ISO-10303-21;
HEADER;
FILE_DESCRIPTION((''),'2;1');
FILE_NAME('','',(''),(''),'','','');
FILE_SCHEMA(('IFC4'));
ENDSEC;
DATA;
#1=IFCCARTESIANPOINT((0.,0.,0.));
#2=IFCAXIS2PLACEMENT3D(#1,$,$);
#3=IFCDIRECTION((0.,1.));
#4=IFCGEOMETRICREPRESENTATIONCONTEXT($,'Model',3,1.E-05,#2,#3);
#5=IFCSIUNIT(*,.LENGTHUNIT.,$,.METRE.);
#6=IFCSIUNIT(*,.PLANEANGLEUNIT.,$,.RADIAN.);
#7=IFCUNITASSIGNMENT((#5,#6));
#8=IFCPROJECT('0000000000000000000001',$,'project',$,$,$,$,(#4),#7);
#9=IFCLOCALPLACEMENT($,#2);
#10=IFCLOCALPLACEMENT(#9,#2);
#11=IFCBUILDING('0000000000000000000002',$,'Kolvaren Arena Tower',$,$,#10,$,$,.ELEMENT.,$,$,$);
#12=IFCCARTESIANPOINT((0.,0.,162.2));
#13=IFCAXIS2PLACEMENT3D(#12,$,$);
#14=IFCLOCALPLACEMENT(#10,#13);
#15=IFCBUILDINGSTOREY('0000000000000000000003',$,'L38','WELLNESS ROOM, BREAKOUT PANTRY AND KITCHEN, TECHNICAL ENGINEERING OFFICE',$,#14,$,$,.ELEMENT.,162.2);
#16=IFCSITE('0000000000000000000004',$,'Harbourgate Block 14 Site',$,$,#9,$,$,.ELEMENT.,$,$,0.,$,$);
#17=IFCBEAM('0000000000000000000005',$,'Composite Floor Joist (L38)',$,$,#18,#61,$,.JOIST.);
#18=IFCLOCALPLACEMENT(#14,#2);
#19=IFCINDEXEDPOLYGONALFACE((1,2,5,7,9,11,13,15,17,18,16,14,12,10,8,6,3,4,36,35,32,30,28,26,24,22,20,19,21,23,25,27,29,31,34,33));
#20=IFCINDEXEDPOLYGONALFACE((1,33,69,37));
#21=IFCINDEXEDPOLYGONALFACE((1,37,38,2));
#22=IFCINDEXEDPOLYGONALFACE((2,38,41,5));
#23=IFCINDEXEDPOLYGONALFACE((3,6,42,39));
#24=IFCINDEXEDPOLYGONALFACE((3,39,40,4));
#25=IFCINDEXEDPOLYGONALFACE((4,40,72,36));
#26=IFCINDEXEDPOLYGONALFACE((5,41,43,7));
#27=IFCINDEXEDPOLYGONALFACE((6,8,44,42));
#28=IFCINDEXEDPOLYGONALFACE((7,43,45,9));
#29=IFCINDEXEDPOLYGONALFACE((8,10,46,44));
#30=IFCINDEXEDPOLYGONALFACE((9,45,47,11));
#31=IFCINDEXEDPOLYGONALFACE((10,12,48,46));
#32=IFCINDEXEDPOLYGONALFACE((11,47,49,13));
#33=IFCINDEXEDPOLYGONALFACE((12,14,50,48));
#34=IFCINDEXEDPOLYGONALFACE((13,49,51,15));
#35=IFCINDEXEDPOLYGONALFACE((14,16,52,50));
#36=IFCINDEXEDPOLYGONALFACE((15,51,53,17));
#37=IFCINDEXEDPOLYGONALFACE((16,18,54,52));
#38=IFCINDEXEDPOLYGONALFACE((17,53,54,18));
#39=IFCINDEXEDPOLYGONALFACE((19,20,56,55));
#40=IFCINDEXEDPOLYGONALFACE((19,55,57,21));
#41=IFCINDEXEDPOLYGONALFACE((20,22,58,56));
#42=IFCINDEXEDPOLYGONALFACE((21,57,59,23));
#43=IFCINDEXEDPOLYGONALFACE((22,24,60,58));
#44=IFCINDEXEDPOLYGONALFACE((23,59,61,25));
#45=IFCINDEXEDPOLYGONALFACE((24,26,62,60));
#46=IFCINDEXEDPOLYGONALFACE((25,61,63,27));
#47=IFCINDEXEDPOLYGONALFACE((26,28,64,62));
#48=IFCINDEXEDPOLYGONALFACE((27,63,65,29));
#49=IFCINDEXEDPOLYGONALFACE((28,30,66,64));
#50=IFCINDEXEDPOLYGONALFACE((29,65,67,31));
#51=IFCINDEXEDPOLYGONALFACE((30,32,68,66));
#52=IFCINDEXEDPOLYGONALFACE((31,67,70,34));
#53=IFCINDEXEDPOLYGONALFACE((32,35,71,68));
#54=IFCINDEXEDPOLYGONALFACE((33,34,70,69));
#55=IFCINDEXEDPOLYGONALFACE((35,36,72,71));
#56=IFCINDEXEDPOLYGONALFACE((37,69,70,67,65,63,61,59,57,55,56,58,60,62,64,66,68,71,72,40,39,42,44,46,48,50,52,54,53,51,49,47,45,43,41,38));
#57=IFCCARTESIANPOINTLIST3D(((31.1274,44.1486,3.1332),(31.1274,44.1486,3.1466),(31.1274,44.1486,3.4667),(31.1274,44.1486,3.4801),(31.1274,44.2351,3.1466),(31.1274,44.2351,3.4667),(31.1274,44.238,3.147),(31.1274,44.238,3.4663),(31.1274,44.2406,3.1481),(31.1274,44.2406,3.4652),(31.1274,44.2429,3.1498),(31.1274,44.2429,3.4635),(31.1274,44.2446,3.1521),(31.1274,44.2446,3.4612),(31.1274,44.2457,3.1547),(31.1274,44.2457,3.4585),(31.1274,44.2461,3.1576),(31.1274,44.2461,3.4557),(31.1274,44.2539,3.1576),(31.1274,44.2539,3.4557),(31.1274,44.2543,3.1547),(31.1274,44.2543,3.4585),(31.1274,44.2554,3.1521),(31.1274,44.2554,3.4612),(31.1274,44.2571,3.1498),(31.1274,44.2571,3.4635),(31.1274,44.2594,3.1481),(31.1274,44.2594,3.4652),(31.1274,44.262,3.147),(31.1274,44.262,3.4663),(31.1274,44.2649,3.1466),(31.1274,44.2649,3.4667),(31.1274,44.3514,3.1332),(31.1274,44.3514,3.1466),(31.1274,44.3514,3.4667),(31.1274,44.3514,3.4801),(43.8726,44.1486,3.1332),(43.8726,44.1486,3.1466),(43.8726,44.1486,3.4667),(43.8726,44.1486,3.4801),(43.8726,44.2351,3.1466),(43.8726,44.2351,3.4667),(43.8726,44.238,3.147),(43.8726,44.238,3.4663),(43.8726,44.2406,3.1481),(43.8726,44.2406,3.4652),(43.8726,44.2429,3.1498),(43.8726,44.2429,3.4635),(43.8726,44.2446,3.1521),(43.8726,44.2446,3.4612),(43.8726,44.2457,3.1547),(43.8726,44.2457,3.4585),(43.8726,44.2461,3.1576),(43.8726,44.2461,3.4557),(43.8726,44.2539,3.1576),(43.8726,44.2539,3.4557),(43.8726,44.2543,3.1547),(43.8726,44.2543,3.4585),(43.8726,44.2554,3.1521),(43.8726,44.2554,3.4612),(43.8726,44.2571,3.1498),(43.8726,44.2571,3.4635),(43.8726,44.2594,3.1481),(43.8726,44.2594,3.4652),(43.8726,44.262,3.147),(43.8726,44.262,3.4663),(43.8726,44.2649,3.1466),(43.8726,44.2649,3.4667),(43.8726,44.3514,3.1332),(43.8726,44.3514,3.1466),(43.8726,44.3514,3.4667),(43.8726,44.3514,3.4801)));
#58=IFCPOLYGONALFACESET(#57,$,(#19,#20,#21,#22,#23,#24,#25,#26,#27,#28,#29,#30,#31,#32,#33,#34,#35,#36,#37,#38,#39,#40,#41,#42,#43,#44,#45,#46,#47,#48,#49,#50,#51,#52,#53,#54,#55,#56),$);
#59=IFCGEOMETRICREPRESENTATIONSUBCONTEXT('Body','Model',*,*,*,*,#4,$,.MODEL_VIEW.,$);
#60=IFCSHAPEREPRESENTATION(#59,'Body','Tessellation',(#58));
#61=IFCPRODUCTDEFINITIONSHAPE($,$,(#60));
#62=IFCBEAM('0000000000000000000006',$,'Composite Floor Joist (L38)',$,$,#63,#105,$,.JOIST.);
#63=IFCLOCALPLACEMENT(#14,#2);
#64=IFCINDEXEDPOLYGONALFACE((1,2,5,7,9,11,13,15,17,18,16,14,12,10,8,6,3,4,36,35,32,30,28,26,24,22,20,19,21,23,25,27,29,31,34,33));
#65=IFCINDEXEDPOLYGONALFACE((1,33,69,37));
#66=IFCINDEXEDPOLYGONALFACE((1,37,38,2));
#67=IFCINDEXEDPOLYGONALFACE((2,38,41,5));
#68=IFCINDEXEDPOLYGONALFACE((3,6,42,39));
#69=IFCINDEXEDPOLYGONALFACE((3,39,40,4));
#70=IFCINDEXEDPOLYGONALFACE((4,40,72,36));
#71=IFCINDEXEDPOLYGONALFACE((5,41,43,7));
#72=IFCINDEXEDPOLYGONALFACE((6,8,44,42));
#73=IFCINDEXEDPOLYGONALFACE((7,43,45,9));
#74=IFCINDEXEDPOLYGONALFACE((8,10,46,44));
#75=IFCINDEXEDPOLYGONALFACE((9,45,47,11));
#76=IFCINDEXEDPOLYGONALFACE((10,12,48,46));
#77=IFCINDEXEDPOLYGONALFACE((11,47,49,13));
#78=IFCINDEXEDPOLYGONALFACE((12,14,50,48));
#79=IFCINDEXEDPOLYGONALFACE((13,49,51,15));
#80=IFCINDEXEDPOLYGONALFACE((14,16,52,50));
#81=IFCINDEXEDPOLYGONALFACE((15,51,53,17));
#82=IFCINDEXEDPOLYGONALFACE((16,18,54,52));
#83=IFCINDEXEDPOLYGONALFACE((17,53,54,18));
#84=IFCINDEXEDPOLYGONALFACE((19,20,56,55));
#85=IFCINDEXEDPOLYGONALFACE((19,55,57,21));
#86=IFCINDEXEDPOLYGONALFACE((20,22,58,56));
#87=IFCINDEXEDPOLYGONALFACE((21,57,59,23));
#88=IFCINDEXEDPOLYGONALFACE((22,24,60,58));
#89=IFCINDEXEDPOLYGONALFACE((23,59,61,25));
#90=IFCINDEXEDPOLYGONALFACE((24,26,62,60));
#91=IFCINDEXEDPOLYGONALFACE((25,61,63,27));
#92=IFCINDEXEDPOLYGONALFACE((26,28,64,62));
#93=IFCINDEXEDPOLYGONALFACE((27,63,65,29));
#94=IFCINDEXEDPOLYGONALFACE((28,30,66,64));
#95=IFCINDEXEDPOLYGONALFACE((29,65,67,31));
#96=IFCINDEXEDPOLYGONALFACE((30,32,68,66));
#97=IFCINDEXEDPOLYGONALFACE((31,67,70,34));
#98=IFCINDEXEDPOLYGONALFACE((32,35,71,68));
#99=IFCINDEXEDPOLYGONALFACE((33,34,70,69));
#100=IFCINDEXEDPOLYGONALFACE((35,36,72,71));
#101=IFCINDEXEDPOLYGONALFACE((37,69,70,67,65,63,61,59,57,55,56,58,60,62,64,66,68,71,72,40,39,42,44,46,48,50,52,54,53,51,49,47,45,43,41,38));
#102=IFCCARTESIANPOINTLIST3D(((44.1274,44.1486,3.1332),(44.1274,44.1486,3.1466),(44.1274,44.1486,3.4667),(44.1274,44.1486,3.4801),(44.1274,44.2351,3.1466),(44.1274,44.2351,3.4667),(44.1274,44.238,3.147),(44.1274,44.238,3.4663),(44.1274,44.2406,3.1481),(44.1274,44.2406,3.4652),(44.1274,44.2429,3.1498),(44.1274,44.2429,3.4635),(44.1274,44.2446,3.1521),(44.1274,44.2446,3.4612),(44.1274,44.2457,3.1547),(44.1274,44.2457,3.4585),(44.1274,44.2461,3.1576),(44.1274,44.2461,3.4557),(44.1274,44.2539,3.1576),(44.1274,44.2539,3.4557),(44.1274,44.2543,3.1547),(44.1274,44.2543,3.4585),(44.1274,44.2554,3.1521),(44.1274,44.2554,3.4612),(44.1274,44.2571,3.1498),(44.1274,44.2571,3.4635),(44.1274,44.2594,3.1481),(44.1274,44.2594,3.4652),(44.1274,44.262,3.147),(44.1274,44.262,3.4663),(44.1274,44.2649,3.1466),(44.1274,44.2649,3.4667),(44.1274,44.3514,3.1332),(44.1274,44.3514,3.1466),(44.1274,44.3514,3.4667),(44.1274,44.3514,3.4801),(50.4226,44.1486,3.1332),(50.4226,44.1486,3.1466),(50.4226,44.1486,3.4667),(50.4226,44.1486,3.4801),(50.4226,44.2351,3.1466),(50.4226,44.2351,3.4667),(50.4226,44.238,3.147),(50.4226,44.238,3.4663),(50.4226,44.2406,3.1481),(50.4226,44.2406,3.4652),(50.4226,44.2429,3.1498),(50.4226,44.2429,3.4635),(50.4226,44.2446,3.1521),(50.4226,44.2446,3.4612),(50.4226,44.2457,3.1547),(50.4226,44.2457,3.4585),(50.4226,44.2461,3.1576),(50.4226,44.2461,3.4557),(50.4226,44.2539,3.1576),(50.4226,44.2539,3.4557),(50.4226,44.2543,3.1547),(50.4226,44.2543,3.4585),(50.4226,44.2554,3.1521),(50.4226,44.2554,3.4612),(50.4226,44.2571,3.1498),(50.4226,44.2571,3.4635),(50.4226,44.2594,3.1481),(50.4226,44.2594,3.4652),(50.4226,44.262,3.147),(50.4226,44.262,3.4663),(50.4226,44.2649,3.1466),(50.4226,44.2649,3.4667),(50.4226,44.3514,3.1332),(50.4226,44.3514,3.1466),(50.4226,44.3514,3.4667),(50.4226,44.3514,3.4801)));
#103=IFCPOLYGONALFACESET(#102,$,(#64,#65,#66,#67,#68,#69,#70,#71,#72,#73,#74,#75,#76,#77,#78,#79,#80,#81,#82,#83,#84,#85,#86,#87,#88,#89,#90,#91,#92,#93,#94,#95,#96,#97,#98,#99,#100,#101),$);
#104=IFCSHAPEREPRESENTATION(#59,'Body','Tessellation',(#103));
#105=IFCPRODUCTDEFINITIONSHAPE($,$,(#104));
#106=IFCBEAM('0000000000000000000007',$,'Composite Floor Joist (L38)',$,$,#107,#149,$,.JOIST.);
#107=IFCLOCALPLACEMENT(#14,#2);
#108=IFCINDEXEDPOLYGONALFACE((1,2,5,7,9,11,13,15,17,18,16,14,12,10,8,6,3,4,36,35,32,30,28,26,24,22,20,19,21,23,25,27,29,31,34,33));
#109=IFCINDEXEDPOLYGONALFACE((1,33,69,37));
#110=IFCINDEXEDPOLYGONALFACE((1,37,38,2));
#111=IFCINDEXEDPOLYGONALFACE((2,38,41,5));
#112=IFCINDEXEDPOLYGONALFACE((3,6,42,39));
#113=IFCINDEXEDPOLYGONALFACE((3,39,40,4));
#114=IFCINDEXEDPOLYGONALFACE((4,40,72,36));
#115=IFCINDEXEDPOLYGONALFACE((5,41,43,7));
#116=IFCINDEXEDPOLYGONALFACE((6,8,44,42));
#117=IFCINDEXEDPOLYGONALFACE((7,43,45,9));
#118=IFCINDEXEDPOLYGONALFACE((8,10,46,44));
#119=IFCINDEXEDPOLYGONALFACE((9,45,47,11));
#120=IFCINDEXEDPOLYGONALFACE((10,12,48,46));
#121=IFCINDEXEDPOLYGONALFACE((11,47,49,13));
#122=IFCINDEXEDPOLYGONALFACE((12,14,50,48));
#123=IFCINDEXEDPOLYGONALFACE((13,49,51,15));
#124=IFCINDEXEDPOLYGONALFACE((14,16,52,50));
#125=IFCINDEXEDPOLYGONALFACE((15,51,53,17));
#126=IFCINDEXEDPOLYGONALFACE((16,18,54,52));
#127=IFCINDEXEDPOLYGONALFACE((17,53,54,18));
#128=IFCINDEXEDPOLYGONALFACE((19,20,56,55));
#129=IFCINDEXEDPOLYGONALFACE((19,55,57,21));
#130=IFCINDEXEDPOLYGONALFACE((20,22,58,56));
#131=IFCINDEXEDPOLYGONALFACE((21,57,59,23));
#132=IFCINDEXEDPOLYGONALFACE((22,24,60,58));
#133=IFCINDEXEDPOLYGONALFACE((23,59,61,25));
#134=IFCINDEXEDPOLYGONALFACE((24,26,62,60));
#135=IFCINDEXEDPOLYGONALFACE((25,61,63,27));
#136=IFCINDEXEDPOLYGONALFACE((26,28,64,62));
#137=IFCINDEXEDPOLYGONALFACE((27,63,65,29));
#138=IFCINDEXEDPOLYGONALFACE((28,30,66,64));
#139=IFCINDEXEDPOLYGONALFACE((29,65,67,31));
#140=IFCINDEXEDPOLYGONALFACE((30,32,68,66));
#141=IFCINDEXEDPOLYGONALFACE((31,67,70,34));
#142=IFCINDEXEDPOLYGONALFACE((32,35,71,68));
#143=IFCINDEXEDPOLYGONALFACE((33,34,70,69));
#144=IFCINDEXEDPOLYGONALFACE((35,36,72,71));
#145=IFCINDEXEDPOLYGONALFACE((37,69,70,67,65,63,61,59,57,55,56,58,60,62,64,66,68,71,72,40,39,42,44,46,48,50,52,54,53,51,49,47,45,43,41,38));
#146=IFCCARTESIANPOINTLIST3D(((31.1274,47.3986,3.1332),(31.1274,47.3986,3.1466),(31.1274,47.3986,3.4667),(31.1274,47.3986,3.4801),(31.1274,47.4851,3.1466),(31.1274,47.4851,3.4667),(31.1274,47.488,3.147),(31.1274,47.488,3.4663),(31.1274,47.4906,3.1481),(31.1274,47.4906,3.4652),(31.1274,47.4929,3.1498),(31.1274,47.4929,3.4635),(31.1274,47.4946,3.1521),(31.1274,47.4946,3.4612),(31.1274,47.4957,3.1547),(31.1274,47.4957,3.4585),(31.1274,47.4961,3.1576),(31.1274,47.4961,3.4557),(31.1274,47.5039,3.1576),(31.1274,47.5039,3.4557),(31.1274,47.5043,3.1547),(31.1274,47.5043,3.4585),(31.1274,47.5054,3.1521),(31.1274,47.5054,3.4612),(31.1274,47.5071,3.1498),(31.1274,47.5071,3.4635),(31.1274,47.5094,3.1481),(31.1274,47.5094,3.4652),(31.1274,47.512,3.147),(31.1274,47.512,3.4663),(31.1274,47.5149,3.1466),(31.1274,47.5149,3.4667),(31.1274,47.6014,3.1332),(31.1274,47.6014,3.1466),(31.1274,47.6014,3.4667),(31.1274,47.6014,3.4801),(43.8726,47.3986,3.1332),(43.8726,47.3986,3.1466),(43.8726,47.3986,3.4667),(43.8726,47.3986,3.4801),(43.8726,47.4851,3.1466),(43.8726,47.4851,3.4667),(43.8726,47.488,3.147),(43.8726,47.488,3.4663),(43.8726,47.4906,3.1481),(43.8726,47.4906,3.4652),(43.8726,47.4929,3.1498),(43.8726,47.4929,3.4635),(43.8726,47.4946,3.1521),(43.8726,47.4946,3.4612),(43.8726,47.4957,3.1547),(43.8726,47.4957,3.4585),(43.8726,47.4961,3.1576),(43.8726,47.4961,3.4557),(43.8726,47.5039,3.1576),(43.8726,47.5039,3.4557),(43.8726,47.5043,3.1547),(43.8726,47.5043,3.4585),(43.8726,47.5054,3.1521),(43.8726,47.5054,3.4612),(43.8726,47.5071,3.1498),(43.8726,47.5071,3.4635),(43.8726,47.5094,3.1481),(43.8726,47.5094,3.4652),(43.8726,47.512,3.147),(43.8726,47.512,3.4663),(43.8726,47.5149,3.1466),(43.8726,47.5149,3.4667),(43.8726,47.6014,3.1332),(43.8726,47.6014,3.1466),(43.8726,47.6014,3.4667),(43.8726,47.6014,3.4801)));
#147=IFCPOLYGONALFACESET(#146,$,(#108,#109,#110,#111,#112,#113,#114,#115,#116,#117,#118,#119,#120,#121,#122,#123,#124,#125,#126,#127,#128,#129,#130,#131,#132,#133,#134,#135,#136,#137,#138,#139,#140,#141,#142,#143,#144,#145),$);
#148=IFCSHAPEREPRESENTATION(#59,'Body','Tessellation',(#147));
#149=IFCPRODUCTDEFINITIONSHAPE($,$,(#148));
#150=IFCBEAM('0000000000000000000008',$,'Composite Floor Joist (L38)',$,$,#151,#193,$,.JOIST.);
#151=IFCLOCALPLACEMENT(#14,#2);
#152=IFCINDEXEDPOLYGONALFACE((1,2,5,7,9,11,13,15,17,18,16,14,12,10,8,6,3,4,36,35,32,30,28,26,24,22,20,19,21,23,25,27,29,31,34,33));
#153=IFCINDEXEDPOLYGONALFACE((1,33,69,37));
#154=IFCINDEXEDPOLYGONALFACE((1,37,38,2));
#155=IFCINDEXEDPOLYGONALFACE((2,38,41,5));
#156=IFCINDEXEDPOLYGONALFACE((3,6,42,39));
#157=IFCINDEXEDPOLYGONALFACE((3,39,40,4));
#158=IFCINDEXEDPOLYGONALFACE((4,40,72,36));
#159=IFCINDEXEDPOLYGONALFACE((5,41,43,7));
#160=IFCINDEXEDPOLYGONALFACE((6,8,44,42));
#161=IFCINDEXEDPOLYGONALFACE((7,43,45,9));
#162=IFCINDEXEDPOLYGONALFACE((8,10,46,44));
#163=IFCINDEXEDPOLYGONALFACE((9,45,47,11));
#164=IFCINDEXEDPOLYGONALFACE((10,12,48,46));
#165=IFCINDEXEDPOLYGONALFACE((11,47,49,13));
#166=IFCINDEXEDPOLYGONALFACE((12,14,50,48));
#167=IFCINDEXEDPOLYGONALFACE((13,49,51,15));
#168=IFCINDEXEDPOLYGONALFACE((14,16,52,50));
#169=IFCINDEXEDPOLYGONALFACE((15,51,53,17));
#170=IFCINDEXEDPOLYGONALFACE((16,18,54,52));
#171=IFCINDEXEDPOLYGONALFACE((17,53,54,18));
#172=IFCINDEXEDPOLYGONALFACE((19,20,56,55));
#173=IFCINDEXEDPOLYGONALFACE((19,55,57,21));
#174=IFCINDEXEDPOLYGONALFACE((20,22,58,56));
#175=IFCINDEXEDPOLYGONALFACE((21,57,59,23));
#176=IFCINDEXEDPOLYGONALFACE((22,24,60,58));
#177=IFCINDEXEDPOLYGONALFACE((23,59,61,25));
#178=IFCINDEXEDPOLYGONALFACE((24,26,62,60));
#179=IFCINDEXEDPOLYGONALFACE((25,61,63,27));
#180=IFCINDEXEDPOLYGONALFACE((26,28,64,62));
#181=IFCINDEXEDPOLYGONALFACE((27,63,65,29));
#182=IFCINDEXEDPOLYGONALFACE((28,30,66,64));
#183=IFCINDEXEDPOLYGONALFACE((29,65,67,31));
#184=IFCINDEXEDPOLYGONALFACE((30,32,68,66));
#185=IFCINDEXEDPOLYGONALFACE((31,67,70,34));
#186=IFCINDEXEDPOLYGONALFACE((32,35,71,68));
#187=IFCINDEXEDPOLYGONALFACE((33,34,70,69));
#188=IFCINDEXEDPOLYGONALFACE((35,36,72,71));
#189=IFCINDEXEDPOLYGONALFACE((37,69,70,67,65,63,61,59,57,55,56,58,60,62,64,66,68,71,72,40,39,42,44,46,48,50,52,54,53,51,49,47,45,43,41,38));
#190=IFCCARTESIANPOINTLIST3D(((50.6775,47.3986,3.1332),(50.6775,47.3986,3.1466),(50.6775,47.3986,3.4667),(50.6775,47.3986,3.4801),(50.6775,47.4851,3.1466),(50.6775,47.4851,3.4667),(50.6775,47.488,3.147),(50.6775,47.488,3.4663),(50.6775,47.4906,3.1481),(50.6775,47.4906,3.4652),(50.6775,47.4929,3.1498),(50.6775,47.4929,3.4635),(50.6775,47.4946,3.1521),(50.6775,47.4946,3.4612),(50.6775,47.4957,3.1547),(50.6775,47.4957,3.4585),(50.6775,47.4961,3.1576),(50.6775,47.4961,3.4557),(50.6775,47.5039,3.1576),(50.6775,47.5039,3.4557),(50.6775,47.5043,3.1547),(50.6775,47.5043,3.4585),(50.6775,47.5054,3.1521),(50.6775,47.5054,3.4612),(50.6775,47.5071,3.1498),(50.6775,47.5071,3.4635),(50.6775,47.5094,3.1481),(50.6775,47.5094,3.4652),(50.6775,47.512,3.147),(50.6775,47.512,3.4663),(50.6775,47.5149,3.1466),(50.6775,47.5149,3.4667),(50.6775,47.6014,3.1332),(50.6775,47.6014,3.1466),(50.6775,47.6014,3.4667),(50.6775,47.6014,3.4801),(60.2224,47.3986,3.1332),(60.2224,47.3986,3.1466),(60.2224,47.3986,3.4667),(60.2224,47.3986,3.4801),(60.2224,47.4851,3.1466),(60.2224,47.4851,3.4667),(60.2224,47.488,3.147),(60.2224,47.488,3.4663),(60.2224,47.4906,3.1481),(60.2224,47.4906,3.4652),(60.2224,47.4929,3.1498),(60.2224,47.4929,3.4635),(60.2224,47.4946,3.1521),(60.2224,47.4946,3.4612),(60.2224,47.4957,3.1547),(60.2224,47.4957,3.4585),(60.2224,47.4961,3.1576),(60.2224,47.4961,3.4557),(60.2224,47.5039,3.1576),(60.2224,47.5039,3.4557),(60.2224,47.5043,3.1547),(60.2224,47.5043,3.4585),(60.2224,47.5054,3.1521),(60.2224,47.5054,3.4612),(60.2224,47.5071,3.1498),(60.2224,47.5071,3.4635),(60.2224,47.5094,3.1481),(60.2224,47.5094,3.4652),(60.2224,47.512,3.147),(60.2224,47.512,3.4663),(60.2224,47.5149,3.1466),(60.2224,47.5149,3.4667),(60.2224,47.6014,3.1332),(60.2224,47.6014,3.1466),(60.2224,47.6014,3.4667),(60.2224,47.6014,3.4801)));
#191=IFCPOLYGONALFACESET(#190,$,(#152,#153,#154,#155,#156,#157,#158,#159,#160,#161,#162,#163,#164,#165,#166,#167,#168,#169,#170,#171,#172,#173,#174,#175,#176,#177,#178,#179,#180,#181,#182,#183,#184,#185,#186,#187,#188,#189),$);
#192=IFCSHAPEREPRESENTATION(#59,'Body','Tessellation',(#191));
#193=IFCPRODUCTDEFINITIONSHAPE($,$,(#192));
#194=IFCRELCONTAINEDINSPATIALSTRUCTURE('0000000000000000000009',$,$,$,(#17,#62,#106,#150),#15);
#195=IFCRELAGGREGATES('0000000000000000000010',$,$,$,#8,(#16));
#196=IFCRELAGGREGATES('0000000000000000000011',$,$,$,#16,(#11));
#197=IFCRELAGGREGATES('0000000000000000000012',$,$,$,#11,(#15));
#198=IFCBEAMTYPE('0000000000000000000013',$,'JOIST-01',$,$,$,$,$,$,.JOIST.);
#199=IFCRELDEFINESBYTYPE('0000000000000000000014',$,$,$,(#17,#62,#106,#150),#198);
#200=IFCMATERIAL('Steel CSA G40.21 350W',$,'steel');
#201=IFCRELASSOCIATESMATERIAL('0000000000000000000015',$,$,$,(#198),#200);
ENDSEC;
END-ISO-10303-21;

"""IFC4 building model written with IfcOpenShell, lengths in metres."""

from ifc_helpers import new_model, si_unit, direction, frame, origin, origin_2d, place, context, subcontext, project, spatial, i_section, extrude, material, material_profile, profile_set, type_object, element, save


model = new_model("IFC4")

# Units and contexts
model_context = context("Model", 3, precision=1e-05, world=origin(), true_north=direction((0.0, 1.0)))
body_context = subcontext(model_context, "Body", "Model", "MODEL_VIEW")
ifc_project = project(units=[si_unit("LENGTHUNIT", "METRE"), si_unit("PLANEANGLEUNIT", "RADIAN")], contexts=[model_context])

# Site, building, storey
site_placement = place(None, origin())
site = spatial("IfcSite", under=ifc_project, at=site_placement, Name="Harbourgate Block 14 Site", CompositionType="ELEMENT", RefElevation=0.0)
building_placement = place(site_placement, origin())
building = spatial("IfcBuilding", under=site, at=building_placement, Name="Kolvaren Arena Tower", CompositionType="ELEMENT")
storey_placement = place(building_placement, frame((0.0, 0.0, 162.2)))
storey = spatial("IfcBuildingStorey", under=building, at=storey_placement, Name="L38", Description="WELLNESS ROOM, BREAKOUT PANTRY AND KITCHEN, TECHNICAL ENGINEERING OFFICE", CompositionType="ELEMENT", Elevation=162.2)

# Beams
ifc_material_1 = material(Name="Steel CSA G40.21 350W", Category="steel")
ifc_material_profile_1 = material_profile(ifc_material_1, i_section(OverallWidth=0.2029, OverallDepth=0.3469, WebThickness=0.0078, FlangeThickness=0.0134, FilletRadius=0.011, at=origin_2d()), Name="W360x64")
ifc_profile_set_1 = profile_set([ifc_material_profile_1], Name="Steel CSA G40.21 350W")
beam_type_1 = type_object("IfcBeamType", Name="JOIST-01", PredefinedType="JOIST", material=ifc_profile_set_1)
beam_1_placement = place(storey_placement, frame((31.1274, 44.25, 3.3066), z_axis=(1.0, 0.0, 0.0), x_axis=(0.0, 1.0, 0.0)))
element("IfcBeam", 1, at=beam_1_placement, inside=storey, type_object=beam_type_1, Name="Composite Floor Joist (L38)", PredefinedType="JOIST", context=body_context, shape_type="SweptSolid", body=[
    extrude(i_section(OverallWidth=0.2029, OverallDepth=0.3469, WebThickness=0.0078, FlangeThickness=0.0134, FilletRadius=0.011, at=origin_2d()), origin(), (0.0, 0.0, 1.0), 12.7451),
])
beam_2_placement = place(storey_placement, frame((44.1274, 44.25, 3.3066), z_axis=(1.0, 0.0, 0.0), x_axis=(0.0, 1.0, 0.0)))
element("IfcBeam", 2, at=beam_2_placement, inside=storey, type_object=beam_type_1, Name="Composite Floor Joist (L38)", PredefinedType="JOIST", context=body_context, shape_type="SweptSolid", body=[
    extrude(i_section(OverallWidth=0.2029, OverallDepth=0.3469, WebThickness=0.0078, FlangeThickness=0.0134, FilletRadius=0.011, at=origin_2d()), origin(), (0.0, 0.0, 1.0), 6.2952),
])
beam_3_placement = place(storey_placement, frame((31.1274, 47.5, 3.3066), z_axis=(1.0, 0.0, 0.0), x_axis=(0.0, 1.0, 0.0)))
element("IfcBeam", 3, at=beam_3_placement, inside=storey, type_object=beam_type_1, Name="Composite Floor Joist (L38)", PredefinedType="JOIST", context=body_context, shape_type="SweptSolid", body=[
    extrude(i_section(OverallWidth=0.2029, OverallDepth=0.3469, WebThickness=0.0078, FlangeThickness=0.0134, FilletRadius=0.011, at=origin_2d()), origin(), (0.0, 0.0, 1.0), 12.7451),
])
beam_4_placement = place(storey_placement, frame((50.6775, 47.5, 3.3066), z_axis=(1.0, 0.0, 0.0), x_axis=(0.0, 1.0, 0.0)))
element("IfcBeam", 4, at=beam_4_placement, inside=storey, type_object=beam_type_1, Name="Composite Floor Joist (L38)", PredefinedType="JOIST", context=body_context, shape_type="SweptSolid", body=[
    extrude(i_section(OverallWidth=0.2029, OverallDepth=0.3469, WebThickness=0.0078, FlangeThickness=0.0134, FilletRadius=0.011, at=origin_2d()), origin(), (0.0, 0.0, 1.0), 9.5449),
])

save(model, "model.ifc")
